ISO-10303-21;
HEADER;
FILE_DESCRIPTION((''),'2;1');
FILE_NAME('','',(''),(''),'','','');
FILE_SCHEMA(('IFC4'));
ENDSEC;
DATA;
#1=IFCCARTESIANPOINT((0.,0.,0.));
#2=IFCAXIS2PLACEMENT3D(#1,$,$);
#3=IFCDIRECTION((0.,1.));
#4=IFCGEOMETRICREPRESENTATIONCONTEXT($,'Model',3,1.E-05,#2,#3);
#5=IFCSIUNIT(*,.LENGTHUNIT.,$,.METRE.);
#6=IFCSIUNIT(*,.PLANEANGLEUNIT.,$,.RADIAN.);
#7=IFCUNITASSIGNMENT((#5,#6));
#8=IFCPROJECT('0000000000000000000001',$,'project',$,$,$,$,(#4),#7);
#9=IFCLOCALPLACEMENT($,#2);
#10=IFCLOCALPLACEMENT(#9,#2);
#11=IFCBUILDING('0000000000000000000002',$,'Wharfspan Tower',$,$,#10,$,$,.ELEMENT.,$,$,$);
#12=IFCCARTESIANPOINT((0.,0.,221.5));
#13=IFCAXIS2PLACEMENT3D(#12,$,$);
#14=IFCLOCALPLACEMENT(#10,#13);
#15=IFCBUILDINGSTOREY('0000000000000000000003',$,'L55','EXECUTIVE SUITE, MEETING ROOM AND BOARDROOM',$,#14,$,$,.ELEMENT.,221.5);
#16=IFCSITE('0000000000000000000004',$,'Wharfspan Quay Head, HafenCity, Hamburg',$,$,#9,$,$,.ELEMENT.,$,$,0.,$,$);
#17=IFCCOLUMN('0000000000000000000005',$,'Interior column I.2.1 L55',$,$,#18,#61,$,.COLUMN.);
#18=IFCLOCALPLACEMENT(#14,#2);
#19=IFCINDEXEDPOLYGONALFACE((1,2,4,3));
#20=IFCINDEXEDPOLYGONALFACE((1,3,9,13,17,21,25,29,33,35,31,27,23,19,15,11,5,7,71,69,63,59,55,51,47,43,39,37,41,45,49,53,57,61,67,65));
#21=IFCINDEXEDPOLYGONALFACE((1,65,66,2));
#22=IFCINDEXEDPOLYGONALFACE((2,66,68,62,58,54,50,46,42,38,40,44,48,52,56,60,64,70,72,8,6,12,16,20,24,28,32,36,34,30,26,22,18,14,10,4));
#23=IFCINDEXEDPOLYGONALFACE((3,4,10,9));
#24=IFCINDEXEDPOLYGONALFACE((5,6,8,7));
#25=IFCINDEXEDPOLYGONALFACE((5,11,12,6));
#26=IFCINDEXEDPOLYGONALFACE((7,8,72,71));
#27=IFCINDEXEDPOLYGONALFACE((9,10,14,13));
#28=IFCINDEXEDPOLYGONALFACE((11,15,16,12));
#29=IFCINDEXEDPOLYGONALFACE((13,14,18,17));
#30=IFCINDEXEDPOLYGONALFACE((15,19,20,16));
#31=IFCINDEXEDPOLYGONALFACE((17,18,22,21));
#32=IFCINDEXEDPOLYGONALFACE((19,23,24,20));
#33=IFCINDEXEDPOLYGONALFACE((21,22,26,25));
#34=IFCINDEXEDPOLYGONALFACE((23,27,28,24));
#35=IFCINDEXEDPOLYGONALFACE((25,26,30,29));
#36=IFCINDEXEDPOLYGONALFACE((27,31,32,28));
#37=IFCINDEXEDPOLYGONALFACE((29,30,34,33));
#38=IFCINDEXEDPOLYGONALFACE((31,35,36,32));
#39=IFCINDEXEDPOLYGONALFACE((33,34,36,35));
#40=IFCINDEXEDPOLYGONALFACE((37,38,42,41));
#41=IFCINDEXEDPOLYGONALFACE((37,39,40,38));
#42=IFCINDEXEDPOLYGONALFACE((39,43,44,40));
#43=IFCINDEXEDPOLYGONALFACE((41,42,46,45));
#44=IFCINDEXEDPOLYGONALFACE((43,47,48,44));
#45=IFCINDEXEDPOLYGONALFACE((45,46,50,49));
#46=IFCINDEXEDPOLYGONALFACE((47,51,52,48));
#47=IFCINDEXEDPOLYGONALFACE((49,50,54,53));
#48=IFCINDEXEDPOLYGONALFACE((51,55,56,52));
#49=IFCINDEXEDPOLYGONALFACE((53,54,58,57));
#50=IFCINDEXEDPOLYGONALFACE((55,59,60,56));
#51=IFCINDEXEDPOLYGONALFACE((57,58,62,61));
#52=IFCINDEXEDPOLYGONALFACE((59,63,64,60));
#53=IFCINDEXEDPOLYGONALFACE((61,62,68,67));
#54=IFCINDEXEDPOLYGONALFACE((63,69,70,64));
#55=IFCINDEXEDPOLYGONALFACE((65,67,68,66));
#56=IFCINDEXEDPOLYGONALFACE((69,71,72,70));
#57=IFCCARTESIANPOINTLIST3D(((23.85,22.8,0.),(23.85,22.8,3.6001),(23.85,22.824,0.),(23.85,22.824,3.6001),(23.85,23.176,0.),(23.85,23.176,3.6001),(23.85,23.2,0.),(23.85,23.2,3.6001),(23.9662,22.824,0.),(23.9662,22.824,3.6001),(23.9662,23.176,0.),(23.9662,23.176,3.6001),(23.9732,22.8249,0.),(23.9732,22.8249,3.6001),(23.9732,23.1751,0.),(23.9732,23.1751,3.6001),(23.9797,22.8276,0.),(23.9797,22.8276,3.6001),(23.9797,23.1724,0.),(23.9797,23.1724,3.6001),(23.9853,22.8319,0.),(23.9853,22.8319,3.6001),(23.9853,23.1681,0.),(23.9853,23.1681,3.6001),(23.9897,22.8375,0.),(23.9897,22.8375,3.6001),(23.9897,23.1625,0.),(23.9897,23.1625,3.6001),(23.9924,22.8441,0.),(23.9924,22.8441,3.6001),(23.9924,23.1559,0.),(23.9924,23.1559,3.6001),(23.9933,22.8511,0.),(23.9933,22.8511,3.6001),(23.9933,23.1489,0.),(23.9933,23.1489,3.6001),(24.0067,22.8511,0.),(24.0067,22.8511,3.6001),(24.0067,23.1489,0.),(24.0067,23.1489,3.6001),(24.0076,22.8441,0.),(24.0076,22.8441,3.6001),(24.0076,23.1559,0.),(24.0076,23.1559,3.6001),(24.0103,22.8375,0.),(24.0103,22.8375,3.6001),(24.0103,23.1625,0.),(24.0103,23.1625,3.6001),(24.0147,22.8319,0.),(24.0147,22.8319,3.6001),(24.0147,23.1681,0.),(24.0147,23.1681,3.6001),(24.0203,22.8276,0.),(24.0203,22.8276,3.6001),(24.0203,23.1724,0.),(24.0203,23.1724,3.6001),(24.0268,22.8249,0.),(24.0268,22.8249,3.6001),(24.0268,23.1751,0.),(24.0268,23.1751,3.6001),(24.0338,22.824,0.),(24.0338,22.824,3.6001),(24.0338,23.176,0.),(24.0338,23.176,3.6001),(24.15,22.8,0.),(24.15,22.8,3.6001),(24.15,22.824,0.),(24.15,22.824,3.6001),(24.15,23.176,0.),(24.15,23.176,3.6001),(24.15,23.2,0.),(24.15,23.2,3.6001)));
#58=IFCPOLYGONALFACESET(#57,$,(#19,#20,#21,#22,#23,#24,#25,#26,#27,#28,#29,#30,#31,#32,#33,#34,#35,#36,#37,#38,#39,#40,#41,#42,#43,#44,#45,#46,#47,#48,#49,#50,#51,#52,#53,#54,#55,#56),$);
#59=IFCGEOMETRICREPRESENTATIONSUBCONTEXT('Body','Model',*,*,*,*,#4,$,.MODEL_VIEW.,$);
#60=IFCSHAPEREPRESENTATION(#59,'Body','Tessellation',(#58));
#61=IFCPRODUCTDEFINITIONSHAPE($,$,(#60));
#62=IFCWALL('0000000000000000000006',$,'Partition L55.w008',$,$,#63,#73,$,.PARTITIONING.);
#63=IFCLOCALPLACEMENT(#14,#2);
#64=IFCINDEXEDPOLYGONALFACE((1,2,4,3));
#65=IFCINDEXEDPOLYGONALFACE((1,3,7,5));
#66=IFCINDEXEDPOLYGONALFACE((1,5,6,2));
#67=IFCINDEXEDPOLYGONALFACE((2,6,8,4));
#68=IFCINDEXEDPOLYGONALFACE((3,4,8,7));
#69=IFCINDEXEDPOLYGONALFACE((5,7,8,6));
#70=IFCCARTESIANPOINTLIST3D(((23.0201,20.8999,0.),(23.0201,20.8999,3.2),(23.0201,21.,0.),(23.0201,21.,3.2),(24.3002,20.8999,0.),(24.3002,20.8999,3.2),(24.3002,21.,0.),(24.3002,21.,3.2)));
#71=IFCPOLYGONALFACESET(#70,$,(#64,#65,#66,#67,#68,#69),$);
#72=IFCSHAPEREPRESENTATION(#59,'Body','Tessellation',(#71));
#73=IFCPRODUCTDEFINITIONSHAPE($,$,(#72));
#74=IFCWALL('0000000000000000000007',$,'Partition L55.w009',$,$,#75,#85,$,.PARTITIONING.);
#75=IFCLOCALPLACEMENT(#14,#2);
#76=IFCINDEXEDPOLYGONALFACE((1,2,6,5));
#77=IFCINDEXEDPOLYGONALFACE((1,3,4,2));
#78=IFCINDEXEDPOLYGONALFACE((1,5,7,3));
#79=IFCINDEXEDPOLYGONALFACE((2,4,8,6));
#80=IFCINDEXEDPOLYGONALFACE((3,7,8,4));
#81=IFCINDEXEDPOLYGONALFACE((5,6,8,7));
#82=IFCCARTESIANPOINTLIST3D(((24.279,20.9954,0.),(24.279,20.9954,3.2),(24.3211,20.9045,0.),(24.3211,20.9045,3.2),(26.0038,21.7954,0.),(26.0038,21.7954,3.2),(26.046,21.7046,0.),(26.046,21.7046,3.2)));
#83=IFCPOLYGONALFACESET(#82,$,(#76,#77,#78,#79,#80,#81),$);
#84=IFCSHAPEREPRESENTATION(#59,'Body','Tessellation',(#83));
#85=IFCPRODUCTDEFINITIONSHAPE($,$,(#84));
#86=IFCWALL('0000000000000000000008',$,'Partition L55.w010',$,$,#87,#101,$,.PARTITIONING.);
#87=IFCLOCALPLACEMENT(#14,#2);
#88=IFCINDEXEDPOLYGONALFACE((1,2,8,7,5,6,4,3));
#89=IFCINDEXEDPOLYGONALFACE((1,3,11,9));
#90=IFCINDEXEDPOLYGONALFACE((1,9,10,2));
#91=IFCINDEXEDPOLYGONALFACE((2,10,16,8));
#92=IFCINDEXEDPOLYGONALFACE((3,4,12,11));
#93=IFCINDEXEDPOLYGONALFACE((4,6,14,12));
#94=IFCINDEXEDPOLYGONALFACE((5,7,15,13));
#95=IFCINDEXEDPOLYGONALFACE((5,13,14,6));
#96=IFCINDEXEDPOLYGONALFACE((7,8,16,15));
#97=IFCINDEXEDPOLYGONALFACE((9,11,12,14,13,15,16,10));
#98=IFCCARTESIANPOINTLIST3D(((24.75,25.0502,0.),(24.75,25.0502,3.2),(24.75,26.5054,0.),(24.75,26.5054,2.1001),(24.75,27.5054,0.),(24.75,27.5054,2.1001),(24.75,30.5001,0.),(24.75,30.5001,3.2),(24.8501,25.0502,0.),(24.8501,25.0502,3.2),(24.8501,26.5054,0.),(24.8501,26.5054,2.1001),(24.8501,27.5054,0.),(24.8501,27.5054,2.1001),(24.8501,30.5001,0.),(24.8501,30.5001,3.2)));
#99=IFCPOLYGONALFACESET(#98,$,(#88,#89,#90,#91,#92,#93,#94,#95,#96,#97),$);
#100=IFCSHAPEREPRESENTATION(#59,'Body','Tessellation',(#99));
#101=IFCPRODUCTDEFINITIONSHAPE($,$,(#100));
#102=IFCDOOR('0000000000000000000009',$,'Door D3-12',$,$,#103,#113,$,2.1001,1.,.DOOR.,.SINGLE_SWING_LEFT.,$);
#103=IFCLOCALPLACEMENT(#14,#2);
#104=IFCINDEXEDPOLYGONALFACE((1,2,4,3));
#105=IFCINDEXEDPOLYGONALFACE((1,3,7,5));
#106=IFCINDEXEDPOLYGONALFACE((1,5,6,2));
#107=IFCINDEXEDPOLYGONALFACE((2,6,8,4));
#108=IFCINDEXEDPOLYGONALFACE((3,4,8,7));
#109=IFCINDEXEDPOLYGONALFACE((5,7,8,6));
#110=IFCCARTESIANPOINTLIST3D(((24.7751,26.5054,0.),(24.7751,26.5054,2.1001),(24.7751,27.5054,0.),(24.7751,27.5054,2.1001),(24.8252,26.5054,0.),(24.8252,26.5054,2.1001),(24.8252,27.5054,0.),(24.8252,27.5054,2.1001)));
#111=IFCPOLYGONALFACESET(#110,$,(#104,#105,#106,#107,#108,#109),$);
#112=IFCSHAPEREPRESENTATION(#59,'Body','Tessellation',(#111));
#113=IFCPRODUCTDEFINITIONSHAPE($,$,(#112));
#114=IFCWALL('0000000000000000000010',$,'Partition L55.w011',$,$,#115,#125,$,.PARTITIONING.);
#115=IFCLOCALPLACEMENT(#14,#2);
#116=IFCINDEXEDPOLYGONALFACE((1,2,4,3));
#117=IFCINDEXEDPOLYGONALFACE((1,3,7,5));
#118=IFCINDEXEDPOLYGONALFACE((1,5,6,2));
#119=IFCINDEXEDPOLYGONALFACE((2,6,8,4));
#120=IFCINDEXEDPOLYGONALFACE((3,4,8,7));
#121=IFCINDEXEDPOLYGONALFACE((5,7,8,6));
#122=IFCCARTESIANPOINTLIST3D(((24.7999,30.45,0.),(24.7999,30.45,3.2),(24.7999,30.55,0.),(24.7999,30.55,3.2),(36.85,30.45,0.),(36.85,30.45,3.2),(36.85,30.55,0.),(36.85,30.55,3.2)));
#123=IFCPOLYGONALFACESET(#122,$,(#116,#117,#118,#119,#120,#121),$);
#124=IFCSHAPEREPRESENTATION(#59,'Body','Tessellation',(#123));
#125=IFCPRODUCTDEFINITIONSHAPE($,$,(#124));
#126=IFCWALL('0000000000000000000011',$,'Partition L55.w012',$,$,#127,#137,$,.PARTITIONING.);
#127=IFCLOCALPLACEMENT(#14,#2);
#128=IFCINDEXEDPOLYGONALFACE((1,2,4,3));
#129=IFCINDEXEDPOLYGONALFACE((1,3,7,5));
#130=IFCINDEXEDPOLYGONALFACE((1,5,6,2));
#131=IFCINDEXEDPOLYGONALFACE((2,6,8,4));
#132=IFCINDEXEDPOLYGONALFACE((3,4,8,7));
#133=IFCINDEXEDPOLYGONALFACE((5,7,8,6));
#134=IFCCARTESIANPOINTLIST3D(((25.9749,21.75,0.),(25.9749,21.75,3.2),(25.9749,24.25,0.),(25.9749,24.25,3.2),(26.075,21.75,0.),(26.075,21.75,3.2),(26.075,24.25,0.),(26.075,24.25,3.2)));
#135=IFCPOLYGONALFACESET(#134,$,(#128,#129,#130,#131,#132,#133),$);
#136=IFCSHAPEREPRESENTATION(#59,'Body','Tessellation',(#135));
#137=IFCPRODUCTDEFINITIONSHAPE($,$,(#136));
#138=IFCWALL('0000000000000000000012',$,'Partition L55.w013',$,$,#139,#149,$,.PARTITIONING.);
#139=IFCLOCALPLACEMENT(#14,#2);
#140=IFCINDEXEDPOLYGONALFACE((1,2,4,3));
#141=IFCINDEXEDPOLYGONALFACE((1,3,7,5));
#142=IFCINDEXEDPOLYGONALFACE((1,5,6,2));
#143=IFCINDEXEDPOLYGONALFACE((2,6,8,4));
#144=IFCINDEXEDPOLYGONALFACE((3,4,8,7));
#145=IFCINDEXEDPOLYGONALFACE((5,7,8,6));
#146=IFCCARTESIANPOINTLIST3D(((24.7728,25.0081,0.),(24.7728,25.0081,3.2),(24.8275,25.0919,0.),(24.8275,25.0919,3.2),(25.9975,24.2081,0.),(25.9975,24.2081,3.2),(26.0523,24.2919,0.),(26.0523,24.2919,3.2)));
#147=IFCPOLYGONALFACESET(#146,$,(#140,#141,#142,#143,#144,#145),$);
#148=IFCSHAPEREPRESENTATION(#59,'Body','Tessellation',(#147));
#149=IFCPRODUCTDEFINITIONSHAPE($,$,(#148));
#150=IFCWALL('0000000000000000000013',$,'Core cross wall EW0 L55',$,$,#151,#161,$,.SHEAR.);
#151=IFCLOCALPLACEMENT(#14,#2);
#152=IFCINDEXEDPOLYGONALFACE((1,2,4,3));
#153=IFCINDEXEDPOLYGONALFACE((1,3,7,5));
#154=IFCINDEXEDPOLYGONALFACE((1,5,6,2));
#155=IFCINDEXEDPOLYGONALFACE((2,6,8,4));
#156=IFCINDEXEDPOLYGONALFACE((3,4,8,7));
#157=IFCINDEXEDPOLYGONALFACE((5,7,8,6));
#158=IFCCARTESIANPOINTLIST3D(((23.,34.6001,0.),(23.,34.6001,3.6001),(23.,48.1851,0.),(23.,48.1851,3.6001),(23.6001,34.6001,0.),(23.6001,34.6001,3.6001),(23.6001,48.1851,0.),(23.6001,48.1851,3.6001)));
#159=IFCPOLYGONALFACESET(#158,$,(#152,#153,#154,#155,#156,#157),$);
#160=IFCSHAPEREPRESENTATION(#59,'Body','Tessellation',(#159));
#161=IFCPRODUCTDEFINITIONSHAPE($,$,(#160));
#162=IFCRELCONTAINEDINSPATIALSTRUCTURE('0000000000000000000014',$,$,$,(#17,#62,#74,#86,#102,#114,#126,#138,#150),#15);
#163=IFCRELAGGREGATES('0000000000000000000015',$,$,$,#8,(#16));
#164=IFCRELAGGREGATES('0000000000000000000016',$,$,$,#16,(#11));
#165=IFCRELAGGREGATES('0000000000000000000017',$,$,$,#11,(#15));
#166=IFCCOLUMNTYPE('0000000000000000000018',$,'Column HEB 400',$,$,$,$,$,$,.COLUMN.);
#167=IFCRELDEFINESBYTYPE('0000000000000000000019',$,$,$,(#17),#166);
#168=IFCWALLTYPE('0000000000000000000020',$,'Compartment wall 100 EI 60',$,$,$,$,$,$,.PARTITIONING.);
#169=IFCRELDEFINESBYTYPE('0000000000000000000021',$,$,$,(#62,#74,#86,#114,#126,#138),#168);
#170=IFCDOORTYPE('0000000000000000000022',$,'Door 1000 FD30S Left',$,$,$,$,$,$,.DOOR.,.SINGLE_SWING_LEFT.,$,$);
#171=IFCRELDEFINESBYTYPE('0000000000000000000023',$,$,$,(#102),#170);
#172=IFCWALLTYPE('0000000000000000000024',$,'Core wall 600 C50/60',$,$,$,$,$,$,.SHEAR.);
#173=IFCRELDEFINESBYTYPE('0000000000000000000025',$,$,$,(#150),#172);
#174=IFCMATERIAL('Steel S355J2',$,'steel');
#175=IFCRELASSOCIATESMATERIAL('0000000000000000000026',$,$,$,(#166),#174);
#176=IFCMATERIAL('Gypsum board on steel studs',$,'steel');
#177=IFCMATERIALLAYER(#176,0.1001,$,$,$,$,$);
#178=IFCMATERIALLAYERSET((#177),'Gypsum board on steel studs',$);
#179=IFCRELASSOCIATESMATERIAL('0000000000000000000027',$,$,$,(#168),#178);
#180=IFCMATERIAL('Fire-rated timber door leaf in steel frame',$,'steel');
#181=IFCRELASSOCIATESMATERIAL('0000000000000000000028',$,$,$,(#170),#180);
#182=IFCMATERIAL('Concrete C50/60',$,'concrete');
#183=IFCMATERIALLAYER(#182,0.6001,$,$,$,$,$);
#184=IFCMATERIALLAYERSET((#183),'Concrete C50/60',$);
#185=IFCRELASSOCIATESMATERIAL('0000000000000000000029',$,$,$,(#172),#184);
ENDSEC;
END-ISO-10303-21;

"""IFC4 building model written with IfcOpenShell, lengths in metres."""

from ifc_helpers import new_model, si_unit, direction, frame, frame_2d, origin, origin_2d, place, context, subcontext, project, spatial, rectangle, i_section, extrude, material, layer, layer_set, material_profile, profile_set, type_object, element, fill, save


model = new_model("IFC4")

# Units and contexts
model_context = context("Model", 3, precision=1e-05, world=origin(), true_north=direction((0.0, 1.0)))
body_context = subcontext(model_context, "Body", "Model", "MODEL_VIEW")
ifc_project = project(units=[si_unit("LENGTHUNIT", "METRE"), si_unit("PLANEANGLEUNIT", "RADIAN")], contexts=[model_context])

# Site, building, storey
site_placement = place(None, origin())
site = spatial("IfcSite", under=ifc_project, at=site_placement, Name="Wharfspan Quay Head, HafenCity, Hamburg", CompositionType="ELEMENT", RefElevation=0.0)
building_placement = place(site_placement, origin())
building = spatial("IfcBuilding", under=site, at=building_placement, Name="Wharfspan Tower", CompositionType="ELEMENT")
storey_placement = place(building_placement, frame((0.0, 0.0, 221.5)))
storey = spatial("IfcBuildingStorey", under=building, at=storey_placement, Name="L55", Description="EXECUTIVE SUITE, MEETING ROOM AND BOARDROOM", CompositionType="ELEMENT", Elevation=221.5)

# Column
ifc_material_1 = material(Name="Steel S355J2", Category="steel")
ifc_material_profile = material_profile(ifc_material_1, i_section(OverallWidth=0.3, OverallDepth=0.3999, WebThickness=0.0134, FlangeThickness=0.0239, FilletRadius=0.0271, at=origin_2d()))
ifc_profile_set = profile_set([ifc_material_profile], Name="Steel S355J2")
column_type = type_object("IfcColumnType", Name="Column HEB 400", PredefinedType="COLUMN", material=ifc_profile_set)
column_placement = place(storey_placement, frame((24.0, 23.0, 0.0), z_axis=(0.0, 0.0, 1.0), x_axis=(1.0, 0.0, 0.0)))
element("IfcColumn", 1, at=column_placement, inside=storey, type_object=column_type, Name="Interior column I.2.1 L55", PredefinedType="COLUMN", context=body_context, shape_type="SweptSolid", body=[
    extrude(i_section(OverallWidth=0.3, OverallDepth=0.3999, WebThickness=0.0134, FlangeThickness=0.0239, FilletRadius=0.0271, at=origin_2d()), origin(), (0.0, 0.0, 1.0), 3.6001),
])

# Walls
ifc_material_2 = material(Name="Gypsum board on steel studs", Category="steel")
ifc_layer_1 = layer(ifc_material_2, 0.1001)
ifc_layer_set_1 = layer_set([ifc_layer_1], Name="Gypsum board on steel studs")
wall_type_1 = type_object("IfcWallType", Name="Compartment wall 100 EI 60", PredefinedType="PARTITIONING", material=ifc_layer_set_1)
wall_1_placement = place(storey_placement, frame((23.02, 20.95, 0.0), z_axis=(0.0, 0.0, 1.0), x_axis=(1.0, 0.0, 0.0)))
element("IfcWall", 2, at=wall_1_placement, inside=storey, type_object=wall_type_1, Name="Partition L55.w008", PredefinedType="PARTITIONING", context=body_context, shape_type="SweptSolid", body=[
    extrude(rectangle(XDim=1.28, YDim=0.1001, at=frame_2d((0.6401, 0.0))), origin(), (0.0, 0.0, 1.0), 3.2),
])
wall_2_placement = place(storey_placement, frame((24.3, 20.95, 0.0), z_axis=(0.0, 0.0, 1.0), x_axis=(0.907168, 0.420777, 0.0)))
element("IfcWall", 3, at=wall_2_placement, inside=storey, type_object=wall_type_1, Name="Partition L55.w009", PredefinedType="PARTITIONING", context=body_context, shape_type="SweptSolid", body=[
    extrude(rectangle(XDim=1.9014, YDim=0.1001, at=frame_2d((0.9507, 0.0))), origin(), (0.0, 0.0, 1.0), 3.2),
])

# Wall, opening, door
wall_3_placement = place(storey_placement, frame((24.8, 25.05, 0.0), z_axis=(0.0, 0.0, 1.0), x_axis=(0.0, 1.0, 0.0)))
wall_3 = element("IfcWall", 4, at=wall_3_placement, inside=storey, type_object=wall_type_1, Name="Partition L55.w010", PredefinedType="PARTITIONING", context=body_context, shape_type="SweptSolid", body=[
    extrude(rectangle(XDim=5.45, YDim=0.1001, at=frame_2d((2.7251, 0.0))), origin(), (0.0, 0.0, 1.0), 3.2),
])
opening_1_placement = place(wall_3_placement, frame((1.4553, 0.0, 0.0)))
opening_1 = element("IfcOpeningElement", 5, at=opening_1_placement, cuts=wall_3, PredefinedType="OPENING", context=body_context, shape_type="SweptSolid", body=[
    extrude(rectangle(XDim=1.0, YDim=2.1001, at=frame_2d((0.5, 1.05))), frame((0.0, 0.0601, 0.0), z_axis=(0.0, -1.0, 0.0), x_axis=(1.0, 0.0, 0.0)), (0.0, 0.0, 1.0), 0.1201),
])
ifc_material_3 = material(Name="Fire-rated timber door leaf in steel frame", Category="steel")
door_type_1 = type_object("IfcDoorType", Name="Door 1000 FD30S Left", OperationType="SINGLE_SWING_LEFT", PredefinedType="DOOR", material=ifc_material_3)
door_1_placement = place(opening_1_placement, origin())
door_1 = element("IfcDoor", 6, at=door_1_placement, inside=storey, type_object=door_type_1, Name="Door D3-12", OperationType="SINGLE_SWING_LEFT", OverallHeight=2.1001, OverallWidth=1.0, PredefinedType="DOOR", context=body_context, shape_type="SweptSolid", body=[
    extrude(rectangle(XDim=1.0, YDim=2.1001, at=frame_2d((0.5, 1.05))), frame((0.0, 0.0249, 0.0), z_axis=(0.0, -1.0, 0.0), x_axis=(1.0, 0.0, 0.0)), (0.0, 0.0, 1.0), 0.05),
])
fill(opening_1, door_1)

# Walls
wall_4_placement = place(storey_placement, frame((24.8, 30.5, 0.0), z_axis=(0.0, 0.0, 1.0), x_axis=(1.0, 0.0, 0.0)))
element("IfcWall", 7, at=wall_4_placement, inside=storey, type_object=wall_type_1, Name="Partition L55.w011", PredefinedType="PARTITIONING", context=body_context, shape_type="SweptSolid", body=[
    extrude(rectangle(XDim=12.05, YDim=0.1001, at=frame_2d((6.0249, 0.0))), origin(), (0.0, 0.0, 1.0), 3.2),
])
wall_5_placement = place(storey_placement, frame((26.0249, 21.75, 0.0), z_axis=(0.0, 0.0, 1.0), x_axis=(0.0, 1.0, 0.0)))
element("IfcWall", 8, at=wall_5_placement, inside=storey, type_object=wall_type_1, Name="Partition L55.w012", PredefinedType="PARTITIONING", context=body_context, shape_type="SweptSolid", body=[
    extrude(rectangle(XDim=2.5, YDim=0.1001, at=frame_2d((1.25, 0.0))), origin(), (0.0, 0.0, 1.0), 3.2),
])
wall_6_placement = place(storey_placement, frame((26.0249, 24.25, 0.0), z_axis=(0.0, 0.0, 1.0), x_axis=(-0.837222, 0.546856, 0.0)))
element("IfcWall", 9, at=wall_6_placement, inside=storey, type_object=wall_type_1, Name="Partition L55.w013", PredefinedType="PARTITIONING", context=body_context, shape_type="SweptSolid", body=[
    extrude(rectangle(XDim=1.4629, YDim=0.1001, at=frame_2d((0.7314, 0.0))), origin(), (0.0, 0.0, 1.0), 3.2),
])

# Shared definitions
ifc_material_4 = material(Name="Concrete C50/60", Category="concrete")
ifc_layer_2 = layer(ifc_material_4, 0.6001)
ifc_layer_set_2 = layer_set([ifc_layer_2], Name="Concrete C50/60")
wall_type_2 = type_object("IfcWallType", Name="Core wall 600 C50/60", PredefinedType="SHEAR", material=ifc_layer_set_2)

# Wall
wall_7_placement = place(storey_placement, frame((23.3, 34.6001, 0.0), z_axis=(0.0, 0.0, 1.0), x_axis=(0.0, 1.0, 0.0)))
element("IfcWall", 10, at=wall_7_placement, inside=storey, type_object=wall_type_2, Name="Core cross wall EW0 L55", PredefinedType="SHEAR", context=body_context, shape_type="SweptSolid", body=[
    extrude(rectangle(XDim=13.585, YDim=0.6001, at=frame_2d((6.7925, 0.0))), origin(), (0.0, 0.0, 1.0), 3.6001),
])

save(model, "model.ifc")
